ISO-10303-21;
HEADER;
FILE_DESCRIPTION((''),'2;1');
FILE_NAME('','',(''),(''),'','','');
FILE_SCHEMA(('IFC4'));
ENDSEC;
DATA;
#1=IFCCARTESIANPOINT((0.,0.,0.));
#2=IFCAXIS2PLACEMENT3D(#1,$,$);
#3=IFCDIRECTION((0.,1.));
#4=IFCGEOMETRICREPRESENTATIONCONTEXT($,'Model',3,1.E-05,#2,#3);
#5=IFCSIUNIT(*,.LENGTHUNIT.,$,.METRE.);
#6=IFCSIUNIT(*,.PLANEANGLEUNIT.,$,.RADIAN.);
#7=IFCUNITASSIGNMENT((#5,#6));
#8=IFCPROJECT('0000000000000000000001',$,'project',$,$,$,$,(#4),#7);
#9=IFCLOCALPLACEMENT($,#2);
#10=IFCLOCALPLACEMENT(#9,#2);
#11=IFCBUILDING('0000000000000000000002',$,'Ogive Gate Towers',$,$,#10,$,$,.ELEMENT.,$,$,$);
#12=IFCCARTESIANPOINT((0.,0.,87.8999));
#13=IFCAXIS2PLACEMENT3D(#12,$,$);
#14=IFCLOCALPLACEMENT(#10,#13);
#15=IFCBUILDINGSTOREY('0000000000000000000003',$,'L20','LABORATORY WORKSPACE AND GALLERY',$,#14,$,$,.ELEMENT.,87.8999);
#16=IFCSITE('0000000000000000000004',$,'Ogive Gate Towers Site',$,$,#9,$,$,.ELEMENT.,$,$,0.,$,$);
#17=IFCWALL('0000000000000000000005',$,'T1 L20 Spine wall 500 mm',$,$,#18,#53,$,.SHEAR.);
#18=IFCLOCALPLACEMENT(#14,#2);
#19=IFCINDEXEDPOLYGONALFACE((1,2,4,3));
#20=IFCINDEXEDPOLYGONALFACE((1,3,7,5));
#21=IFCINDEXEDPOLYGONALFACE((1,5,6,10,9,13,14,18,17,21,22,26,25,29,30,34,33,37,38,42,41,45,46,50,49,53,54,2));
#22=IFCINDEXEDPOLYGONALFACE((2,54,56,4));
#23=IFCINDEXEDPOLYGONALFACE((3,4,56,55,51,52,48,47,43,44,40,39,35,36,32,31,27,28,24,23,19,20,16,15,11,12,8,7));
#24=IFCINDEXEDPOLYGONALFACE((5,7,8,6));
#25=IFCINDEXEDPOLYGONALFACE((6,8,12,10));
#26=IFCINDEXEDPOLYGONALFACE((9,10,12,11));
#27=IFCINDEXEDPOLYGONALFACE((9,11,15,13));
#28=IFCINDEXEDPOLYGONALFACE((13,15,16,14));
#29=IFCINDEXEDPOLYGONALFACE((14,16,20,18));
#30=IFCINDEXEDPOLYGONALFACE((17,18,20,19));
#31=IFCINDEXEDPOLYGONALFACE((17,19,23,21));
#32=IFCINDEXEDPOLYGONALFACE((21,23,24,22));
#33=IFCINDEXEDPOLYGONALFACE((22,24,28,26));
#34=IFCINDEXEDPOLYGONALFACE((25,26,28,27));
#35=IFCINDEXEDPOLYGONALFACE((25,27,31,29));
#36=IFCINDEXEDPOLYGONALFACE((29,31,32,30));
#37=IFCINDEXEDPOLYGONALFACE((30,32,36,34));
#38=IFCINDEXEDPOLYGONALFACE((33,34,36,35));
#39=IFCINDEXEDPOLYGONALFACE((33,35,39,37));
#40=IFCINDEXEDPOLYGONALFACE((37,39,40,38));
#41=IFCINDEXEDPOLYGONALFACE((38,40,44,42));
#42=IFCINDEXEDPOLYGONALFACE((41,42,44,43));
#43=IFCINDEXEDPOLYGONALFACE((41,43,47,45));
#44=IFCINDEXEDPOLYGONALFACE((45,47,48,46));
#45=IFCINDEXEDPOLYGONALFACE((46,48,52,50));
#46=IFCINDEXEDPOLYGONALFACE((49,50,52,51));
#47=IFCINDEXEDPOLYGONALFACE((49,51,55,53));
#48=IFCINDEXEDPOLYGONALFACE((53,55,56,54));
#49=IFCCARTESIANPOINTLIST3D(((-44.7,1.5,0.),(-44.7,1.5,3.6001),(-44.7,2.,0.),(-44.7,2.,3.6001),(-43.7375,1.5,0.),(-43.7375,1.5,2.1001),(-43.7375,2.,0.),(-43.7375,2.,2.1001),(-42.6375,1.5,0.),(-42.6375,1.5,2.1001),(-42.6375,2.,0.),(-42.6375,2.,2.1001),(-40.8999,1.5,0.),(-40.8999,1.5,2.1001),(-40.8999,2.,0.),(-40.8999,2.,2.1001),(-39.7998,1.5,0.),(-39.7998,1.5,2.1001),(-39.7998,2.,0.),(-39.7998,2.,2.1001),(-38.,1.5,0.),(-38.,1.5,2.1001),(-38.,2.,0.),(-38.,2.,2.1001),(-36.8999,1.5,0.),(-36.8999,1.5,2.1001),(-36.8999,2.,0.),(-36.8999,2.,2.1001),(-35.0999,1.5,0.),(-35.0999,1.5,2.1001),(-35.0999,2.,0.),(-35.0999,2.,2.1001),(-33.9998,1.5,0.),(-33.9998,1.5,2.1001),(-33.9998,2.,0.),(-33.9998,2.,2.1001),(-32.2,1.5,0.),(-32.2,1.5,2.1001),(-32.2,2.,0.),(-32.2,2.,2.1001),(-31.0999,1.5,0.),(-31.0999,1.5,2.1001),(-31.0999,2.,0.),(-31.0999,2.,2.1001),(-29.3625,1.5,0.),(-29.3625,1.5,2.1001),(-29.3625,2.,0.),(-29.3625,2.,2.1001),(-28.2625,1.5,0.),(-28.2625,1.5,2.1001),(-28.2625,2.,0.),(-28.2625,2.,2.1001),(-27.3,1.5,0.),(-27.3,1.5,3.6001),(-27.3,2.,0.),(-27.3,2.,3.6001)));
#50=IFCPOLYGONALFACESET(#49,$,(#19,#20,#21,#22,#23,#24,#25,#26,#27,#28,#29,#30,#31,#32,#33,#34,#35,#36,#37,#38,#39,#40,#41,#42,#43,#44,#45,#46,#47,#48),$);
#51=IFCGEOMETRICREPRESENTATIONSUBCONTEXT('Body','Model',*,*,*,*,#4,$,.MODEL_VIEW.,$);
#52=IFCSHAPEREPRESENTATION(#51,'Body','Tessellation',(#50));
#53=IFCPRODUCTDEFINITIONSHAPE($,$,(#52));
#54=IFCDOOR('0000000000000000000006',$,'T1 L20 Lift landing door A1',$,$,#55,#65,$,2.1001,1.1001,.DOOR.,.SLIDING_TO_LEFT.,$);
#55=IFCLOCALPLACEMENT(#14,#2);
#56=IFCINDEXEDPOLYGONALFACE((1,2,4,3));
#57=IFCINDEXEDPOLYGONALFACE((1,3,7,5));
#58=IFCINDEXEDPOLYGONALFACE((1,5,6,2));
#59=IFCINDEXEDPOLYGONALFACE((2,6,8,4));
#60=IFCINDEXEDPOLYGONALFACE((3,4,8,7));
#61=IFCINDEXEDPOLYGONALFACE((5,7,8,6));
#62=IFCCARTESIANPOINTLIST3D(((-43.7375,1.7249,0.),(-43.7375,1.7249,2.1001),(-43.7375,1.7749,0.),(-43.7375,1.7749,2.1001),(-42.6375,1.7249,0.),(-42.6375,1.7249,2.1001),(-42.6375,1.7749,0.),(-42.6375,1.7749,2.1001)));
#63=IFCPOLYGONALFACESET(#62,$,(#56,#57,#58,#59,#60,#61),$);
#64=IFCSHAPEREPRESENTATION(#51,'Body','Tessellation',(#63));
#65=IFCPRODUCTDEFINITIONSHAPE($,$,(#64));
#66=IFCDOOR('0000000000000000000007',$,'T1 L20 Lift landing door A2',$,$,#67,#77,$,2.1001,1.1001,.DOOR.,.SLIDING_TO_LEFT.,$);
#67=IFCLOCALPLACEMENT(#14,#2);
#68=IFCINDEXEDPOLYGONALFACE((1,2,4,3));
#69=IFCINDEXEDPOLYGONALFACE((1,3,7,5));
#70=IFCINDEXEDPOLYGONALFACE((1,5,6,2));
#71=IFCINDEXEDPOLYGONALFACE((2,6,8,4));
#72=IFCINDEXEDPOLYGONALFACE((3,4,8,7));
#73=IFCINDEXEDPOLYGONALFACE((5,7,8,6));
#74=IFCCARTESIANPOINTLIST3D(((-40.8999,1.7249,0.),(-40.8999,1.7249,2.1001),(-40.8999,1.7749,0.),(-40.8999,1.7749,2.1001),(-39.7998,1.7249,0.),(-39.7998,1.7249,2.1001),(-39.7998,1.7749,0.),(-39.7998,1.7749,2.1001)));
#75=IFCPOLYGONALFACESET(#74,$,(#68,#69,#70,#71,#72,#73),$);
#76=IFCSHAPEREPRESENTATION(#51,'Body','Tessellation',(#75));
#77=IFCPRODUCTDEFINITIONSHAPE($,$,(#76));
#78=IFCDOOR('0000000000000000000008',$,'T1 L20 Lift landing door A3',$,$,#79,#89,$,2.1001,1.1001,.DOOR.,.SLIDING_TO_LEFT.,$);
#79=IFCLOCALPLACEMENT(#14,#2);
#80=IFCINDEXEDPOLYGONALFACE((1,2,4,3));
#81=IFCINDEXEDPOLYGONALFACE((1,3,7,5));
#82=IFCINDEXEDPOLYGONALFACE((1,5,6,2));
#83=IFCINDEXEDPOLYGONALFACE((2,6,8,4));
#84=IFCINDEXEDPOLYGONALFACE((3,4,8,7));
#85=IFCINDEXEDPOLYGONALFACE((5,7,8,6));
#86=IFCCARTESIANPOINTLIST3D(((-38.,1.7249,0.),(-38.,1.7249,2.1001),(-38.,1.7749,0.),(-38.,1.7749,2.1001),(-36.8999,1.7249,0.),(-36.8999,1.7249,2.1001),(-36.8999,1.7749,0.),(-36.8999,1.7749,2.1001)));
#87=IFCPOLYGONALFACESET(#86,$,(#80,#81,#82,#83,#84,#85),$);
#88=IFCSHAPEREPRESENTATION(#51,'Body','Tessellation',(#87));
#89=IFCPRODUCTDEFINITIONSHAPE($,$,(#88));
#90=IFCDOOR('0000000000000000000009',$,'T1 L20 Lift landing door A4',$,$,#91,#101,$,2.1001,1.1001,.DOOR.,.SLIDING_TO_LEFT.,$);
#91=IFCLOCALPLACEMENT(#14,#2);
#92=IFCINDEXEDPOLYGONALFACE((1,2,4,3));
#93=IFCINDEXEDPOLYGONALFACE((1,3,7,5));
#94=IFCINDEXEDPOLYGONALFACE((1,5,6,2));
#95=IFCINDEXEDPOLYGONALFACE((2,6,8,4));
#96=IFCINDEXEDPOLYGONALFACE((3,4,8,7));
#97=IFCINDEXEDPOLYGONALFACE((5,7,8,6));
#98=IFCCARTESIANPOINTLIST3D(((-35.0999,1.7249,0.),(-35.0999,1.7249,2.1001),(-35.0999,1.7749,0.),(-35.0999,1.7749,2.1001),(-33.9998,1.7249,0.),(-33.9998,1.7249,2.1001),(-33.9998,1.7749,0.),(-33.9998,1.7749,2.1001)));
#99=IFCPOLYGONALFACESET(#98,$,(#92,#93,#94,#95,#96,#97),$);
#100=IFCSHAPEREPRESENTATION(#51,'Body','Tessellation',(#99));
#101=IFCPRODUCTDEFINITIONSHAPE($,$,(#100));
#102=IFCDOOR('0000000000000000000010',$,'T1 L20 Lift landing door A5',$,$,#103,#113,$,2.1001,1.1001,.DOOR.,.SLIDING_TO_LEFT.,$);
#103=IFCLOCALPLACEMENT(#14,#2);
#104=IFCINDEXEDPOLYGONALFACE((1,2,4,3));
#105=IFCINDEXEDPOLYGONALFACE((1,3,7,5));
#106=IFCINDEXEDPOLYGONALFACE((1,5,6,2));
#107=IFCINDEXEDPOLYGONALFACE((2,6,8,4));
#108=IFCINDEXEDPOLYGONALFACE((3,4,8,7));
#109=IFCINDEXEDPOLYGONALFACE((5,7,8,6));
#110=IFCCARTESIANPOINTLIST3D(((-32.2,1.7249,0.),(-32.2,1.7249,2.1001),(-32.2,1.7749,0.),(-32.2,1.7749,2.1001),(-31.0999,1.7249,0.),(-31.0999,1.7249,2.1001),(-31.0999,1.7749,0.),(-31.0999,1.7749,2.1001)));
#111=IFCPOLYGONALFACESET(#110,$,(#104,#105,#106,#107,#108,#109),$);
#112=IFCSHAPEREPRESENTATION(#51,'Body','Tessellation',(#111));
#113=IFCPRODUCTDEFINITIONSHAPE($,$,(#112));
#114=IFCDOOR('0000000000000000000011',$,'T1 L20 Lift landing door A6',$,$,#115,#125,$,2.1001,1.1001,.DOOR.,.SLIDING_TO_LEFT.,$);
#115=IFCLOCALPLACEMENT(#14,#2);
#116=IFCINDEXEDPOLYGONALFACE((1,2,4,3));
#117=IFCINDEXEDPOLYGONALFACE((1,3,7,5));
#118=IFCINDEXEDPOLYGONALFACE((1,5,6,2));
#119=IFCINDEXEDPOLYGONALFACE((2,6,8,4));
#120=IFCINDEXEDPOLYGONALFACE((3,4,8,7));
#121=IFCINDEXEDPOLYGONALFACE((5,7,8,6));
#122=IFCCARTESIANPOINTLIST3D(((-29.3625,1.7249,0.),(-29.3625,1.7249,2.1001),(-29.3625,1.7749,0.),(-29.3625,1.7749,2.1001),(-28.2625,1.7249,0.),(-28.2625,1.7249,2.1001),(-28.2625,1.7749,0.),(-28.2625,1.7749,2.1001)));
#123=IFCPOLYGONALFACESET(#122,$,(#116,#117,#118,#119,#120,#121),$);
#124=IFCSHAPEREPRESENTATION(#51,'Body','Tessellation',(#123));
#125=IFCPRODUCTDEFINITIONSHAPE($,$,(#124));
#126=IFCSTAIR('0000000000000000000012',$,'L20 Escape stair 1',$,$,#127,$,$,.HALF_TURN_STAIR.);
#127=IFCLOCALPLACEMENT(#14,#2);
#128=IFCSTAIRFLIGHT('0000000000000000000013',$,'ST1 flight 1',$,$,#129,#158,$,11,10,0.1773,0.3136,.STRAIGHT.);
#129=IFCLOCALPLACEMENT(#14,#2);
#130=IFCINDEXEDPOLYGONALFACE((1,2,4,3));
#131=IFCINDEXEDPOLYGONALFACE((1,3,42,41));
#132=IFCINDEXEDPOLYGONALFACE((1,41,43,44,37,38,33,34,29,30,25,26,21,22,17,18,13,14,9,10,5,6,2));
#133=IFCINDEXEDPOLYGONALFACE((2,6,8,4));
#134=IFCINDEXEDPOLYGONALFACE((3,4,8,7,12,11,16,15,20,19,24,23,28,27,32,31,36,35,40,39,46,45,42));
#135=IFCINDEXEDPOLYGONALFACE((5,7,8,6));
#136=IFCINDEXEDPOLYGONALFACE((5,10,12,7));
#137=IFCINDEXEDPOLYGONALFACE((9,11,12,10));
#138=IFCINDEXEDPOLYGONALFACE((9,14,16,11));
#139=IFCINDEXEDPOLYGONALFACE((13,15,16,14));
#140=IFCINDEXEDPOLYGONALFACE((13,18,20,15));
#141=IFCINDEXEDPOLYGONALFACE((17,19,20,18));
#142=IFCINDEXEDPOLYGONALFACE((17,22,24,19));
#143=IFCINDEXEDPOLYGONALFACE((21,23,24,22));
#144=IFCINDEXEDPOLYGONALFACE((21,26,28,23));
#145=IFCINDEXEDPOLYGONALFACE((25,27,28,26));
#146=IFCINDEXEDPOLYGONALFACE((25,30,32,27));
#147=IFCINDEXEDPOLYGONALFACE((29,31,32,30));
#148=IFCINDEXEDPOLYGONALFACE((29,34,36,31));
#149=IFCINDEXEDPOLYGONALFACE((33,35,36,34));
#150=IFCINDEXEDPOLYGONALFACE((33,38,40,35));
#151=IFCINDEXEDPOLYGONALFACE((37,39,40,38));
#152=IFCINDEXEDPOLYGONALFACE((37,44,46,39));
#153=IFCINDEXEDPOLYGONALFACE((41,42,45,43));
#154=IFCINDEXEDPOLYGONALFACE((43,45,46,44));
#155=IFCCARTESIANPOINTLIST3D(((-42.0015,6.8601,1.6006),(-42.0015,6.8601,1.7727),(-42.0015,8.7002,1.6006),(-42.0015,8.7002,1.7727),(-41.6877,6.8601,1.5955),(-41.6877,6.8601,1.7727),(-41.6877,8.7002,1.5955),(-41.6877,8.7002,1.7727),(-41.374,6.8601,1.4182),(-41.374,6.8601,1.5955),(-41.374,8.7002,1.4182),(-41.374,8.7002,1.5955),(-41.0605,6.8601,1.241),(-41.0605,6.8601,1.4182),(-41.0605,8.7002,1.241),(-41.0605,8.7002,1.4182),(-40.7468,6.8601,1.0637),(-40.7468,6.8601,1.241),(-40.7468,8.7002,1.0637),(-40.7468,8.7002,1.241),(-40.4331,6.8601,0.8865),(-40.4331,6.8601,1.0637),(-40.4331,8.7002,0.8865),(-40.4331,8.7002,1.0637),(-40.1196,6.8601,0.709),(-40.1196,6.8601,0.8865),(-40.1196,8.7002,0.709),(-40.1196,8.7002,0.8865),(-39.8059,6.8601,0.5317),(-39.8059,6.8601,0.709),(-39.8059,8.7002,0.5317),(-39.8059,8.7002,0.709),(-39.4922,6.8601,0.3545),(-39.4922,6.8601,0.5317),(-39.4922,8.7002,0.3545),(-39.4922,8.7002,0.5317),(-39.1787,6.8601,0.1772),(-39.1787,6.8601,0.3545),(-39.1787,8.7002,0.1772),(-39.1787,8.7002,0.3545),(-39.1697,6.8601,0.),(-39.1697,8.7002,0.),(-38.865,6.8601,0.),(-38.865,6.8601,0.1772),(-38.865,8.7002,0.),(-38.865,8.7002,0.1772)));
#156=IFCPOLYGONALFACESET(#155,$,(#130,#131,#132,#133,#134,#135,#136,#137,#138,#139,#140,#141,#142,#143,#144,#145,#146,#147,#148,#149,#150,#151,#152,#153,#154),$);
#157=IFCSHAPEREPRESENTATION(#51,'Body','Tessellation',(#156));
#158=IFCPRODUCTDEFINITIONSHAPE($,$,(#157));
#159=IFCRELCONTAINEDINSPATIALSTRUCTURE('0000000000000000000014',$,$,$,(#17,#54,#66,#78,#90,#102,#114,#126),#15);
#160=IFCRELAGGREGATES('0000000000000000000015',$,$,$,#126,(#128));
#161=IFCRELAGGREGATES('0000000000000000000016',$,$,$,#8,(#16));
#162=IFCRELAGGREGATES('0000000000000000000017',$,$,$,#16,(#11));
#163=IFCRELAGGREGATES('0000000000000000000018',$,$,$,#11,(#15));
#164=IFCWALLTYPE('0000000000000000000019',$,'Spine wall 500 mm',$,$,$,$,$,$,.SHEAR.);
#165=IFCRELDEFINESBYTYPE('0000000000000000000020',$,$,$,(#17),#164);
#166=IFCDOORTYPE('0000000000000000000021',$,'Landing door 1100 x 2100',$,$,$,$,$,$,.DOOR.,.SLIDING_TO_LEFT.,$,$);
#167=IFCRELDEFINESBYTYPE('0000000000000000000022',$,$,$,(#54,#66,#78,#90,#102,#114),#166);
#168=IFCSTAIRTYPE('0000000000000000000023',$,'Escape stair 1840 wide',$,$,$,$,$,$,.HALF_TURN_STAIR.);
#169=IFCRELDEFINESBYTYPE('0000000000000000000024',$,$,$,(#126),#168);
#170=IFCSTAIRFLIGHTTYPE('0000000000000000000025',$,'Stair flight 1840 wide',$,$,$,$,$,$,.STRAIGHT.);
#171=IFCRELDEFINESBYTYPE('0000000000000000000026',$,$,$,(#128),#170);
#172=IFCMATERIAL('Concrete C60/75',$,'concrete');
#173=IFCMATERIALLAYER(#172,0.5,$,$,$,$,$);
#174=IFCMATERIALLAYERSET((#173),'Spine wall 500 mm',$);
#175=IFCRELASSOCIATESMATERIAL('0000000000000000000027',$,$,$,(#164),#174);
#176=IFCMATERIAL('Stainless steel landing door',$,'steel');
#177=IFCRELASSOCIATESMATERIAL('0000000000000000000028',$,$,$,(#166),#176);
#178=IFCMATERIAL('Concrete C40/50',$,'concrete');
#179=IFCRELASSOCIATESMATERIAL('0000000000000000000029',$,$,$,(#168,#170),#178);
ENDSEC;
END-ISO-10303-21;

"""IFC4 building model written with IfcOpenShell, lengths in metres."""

from ifc_helpers import new_model, si_unit, direction, frame, frame_2d, origin, place, context, subcontext, project, spatial, polyline, rectangle, outline, extrude, material, layer, layer_set, type_object, element, fill, aggregate, save


model = new_model("IFC4")

# Units and contexts
model_context = context("Model", 3, precision=1e-05, world=origin(), true_north=direction((0.0, 1.0)))
body_context = subcontext(model_context, "Body", "Model", "MODEL_VIEW")
ifc_project = project(units=[si_unit("LENGTHUNIT", "METRE"), si_unit("PLANEANGLEUNIT", "RADIAN")], contexts=[model_context])

# Site, building, storey
site_placement = place(None, origin())
site = spatial("IfcSite", under=ifc_project, at=site_placement, Name="Ogive Gate Towers Site", CompositionType="ELEMENT", RefElevation=0.0)
building_placement = place(site_placement, origin())
building = spatial("IfcBuilding", under=site, at=building_placement, Name="Ogive Gate Towers", CompositionType="ELEMENT")
storey_placement = place(building_placement, frame((0.0, 0.0, 87.8999)))
storey = spatial("IfcBuildingStorey", under=building, at=storey_placement, Name="L20", Description="LABORATORY WORKSPACE AND GALLERY", CompositionType="ELEMENT", Elevation=87.8999)

# Shared definitions
ifc_material_1 = material(Name="Concrete C60/75", Category="concrete")

# Wall, openings, doors
ifc_layer_1 = layer(ifc_material_1, 0.5)
ifc_layer_set_1 = layer_set([ifc_layer_1], Name="Spine wall 500 mm")
wall_type_1 = type_object("IfcWallType", Name="Spine wall 500 mm", PredefinedType="SHEAR", material=ifc_layer_set_1)
wall_1_placement = place(storey_placement, frame((-44.7, 1.75, 0.0), z_axis=(0.0, 0.0, 1.0), x_axis=(1.0, 0.0, 0.0)))
wall_1 = element("IfcWall", 1, at=wall_1_placement, inside=storey, type_object=wall_type_1, Name="T1 L20 Spine wall 500 mm", PredefinedType="SHEAR", context=body_context, shape_type="SweptSolid", body=[
    extrude(rectangle(XDim=17.3999, YDim=0.5, at=frame_2d((8.7, 0.0))), origin(), (0.0, 0.0, 1.0), 3.6001),
])
opening_1_placement = place(wall_1_placement, frame((0.9624, 0.0, 0.0)))
opening_1 = element("IfcOpeningElement", 2, at=opening_1_placement, cuts=wall_1, PredefinedType="OPENING", context=body_context, shape_type="SweptSolid", body=[
    extrude(rectangle(XDim=1.1001, YDim=2.1001, at=frame_2d((0.55, 1.05))), frame((0.0, 0.26, 0.0), z_axis=(0.0, -1.0, 0.0), x_axis=(1.0, 0.0, 0.0)), (0.0, 0.0, 1.0), 0.52),
])
opening_2_placement = place(wall_1_placement, frame((3.8, 0.0, 0.0)))
opening_2 = element("IfcOpeningElement", 3, at=opening_2_placement, cuts=wall_1, PredefinedType="OPENING", context=body_context, shape_type="SweptSolid", body=[
    extrude(rectangle(XDim=1.1001, YDim=2.1001, at=frame_2d((0.55, 1.05))), frame((0.0, 0.26, 0.0), z_axis=(0.0, -1.0, 0.0), x_axis=(1.0, 0.0, 0.0)), (0.0, 0.0, 1.0), 0.52),
])
opening_3_placement = place(wall_1_placement, frame((6.7, 0.0, 0.0)))
opening_3 = element("IfcOpeningElement", 4, at=opening_3_placement, cuts=wall_1, PredefinedType="OPENING", context=body_context, shape_type="SweptSolid", body=[
    extrude(rectangle(XDim=1.1001, YDim=2.1001, at=frame_2d((0.55, 1.05))), frame((0.0, 0.26, 0.0), z_axis=(0.0, -1.0, 0.0), x_axis=(1.0, 0.0, 0.0)), (0.0, 0.0, 1.0), 0.52),
])
opening_4_placement = place(wall_1_placement, frame((9.6001, 0.0, 0.0)))
opening_4 = element("IfcOpeningElement", 5, at=opening_4_placement, cuts=wall_1, PredefinedType="OPENING", context=body_context, shape_type="SweptSolid", body=[
    extrude(rectangle(XDim=1.1001, YDim=2.1001, at=frame_2d((0.55, 1.05))), frame((0.0, 0.26, 0.0), z_axis=(0.0, -1.0, 0.0), x_axis=(1.0, 0.0, 0.0)), (0.0, 0.0, 1.0), 0.52),
])
opening_5_placement = place(wall_1_placement, frame((12.5, 0.0, 0.0)))
opening_5 = element("IfcOpeningElement", 6, at=opening_5_placement, cuts=wall_1, PredefinedType="OPENING", context=body_context, shape_type="SweptSolid", body=[
    extrude(rectangle(XDim=1.1001, YDim=2.1001, at=frame_2d((0.55, 1.05))), frame((0.0, 0.26, 0.0), z_axis=(0.0, -1.0, 0.0), x_axis=(1.0, 0.0, 0.0)), (0.0, 0.0, 1.0), 0.52),
])
opening_6_placement = place(wall_1_placement, frame((15.3374, 0.0, 0.0)))
opening_6 = element("IfcOpeningElement", 7, at=opening_6_placement, cuts=wall_1, PredefinedType="OPENING", context=body_context, shape_type="SweptSolid", body=[
    extrude(rectangle(XDim=1.1001, YDim=2.1001, at=frame_2d((0.55, 1.05))), frame((0.0, 0.26, 0.0), z_axis=(0.0, -1.0, 0.0), x_axis=(1.0, 0.0, 0.0)), (0.0, 0.0, 1.0), 0.52),
])
ifc_material_2 = material(Name="Stainless steel landing door", Category="steel")
door_type_1 = type_object("IfcDoorType", Name="Landing door 1100 x 2100", OperationType="SLIDING_TO_LEFT", PredefinedType="DOOR", material=ifc_material_2)
door_1_placement = place(opening_1_placement, origin())
door_1 = element("IfcDoor", 8, at=door_1_placement, inside=storey, type_object=door_type_1, Name="T1 L20 Lift landing door A1", OperationType="SLIDING_TO_LEFT", OverallHeight=2.1001, OverallWidth=1.1001, PredefinedType="DOOR", context=body_context, shape_type="SweptSolid", body=[
    extrude(rectangle(XDim=1.1001, YDim=2.1001, at=frame_2d((0.55, 1.05))), frame((0.0, 0.0249, 0.0), z_axis=(0.0, -1.0, 0.0), x_axis=(1.0, 0.0, 0.0)), (0.0, 0.0, 1.0), 0.05),
])
fill(opening_1, door_1)
door_2_placement = place(opening_2_placement, origin())
door_2 = element("IfcDoor", 9, at=door_2_placement, inside=storey, type_object=door_type_1, Name="T1 L20 Lift landing door A2", OperationType="SLIDING_TO_LEFT", OverallHeight=2.1001, OverallWidth=1.1001, PredefinedType="DOOR", context=body_context, shape_type="SweptSolid", body=[
    extrude(rectangle(XDim=1.1001, YDim=2.1001, at=frame_2d((0.55, 1.05))), frame((0.0, 0.0249, 0.0), z_axis=(0.0, -1.0, 0.0), x_axis=(1.0, 0.0, 0.0)), (0.0, 0.0, 1.0), 0.05),
])
fill(opening_2, door_2)
door_3_placement = place(opening_3_placement, origin())
door_3 = element("IfcDoor", 10, at=door_3_placement, inside=storey, type_object=door_type_1, Name="T1 L20 Lift landing door A3", OperationType="SLIDING_TO_LEFT", OverallHeight=2.1001, OverallWidth=1.1001, PredefinedType="DOOR", context=body_context, shape_type="SweptSolid", body=[
    extrude(rectangle(XDim=1.1001, YDim=2.1001, at=frame_2d((0.55, 1.05))), frame((0.0, 0.0249, 0.0), z_axis=(0.0, -1.0, 0.0), x_axis=(1.0, 0.0, 0.0)), (0.0, 0.0, 1.0), 0.05),
])
fill(opening_3, door_3)
door_4_placement = place(opening_4_placement, origin())
door_4 = element("IfcDoor", 11, at=door_4_placement, inside=storey, type_object=door_type_1, Name="T1 L20 Lift landing door A4", OperationType="SLIDING_TO_LEFT", OverallHeight=2.1001, OverallWidth=1.1001, PredefinedType="DOOR", context=body_context, shape_type="SweptSolid", body=[
    extrude(rectangle(XDim=1.1001, YDim=2.1001, at=frame_2d((0.55, 1.05))), frame((0.0, 0.0249, 0.0), z_axis=(0.0, -1.0, 0.0), x_axis=(1.0, 0.0, 0.0)), (0.0, 0.0, 1.0), 0.05),
])
fill(opening_4, door_4)
door_5_placement = place(opening_5_placement, origin())
door_5 = element("IfcDoor", 12, at=door_5_placement, inside=storey, type_object=door_type_1, Name="T1 L20 Lift landing door A5", OperationType="SLIDING_TO_LEFT", OverallHeight=2.1001, OverallWidth=1.1001, PredefinedType="DOOR", context=body_context, shape_type="SweptSolid", body=[
    extrude(rectangle(XDim=1.1001, YDim=2.1001, at=frame_2d((0.55, 1.05))), frame((0.0, 0.0249, 0.0), z_axis=(0.0, -1.0, 0.0), x_axis=(1.0, 0.0, 0.0)), (0.0, 0.0, 1.0), 0.05),
])
fill(opening_5, door_5)
door_6_placement = place(opening_6_placement, origin())
door_6 = element("IfcDoor", 13, at=door_6_placement, inside=storey, type_object=door_type_1, Name="T1 L20 Lift landing door A6", OperationType="SLIDING_TO_LEFT", OverallHeight=2.1001, OverallWidth=1.1001, PredefinedType="DOOR", context=body_context, shape_type="SweptSolid", body=[
    extrude(rectangle(XDim=1.1001, YDim=2.1001, at=frame_2d((0.55, 1.05))), frame((0.0, 0.0249, 0.0), z_axis=(0.0, -1.0, 0.0), x_axis=(1.0, 0.0, 0.0)), (0.0, 0.0, 1.0), 0.05),
])
fill(opening_6, door_6)

# Stair, stair flight
ifc_material_3 = material(Name="Concrete C40/50", Category="concrete")
stair_type = type_object("IfcStairType", Name="Escape stair 1840 wide", PredefinedType="HALF_TURN_STAIR", material=ifc_material_3)
stair_placement = place(storey_placement, origin())
stair = element("IfcStair", 14, at=stair_placement, inside=storey, type_object=stair_type, Name="L20 Escape stair 1", PredefinedType="HALF_TURN_STAIR")
stair_flight_type = type_object("IfcStairFlightType", Name="Stair flight 1840 wide", PredefinedType="STRAIGHT", material=ifc_material_3)
stair_flight_1_placement = place(storey_placement, frame((-38.865, 7.78, 0.0), z_axis=(0.0, 0.0, 1.0), x_axis=(-1.0, 0.0, 0.0)))
stair_flight_1 = element("IfcStairFlight", 15, at=stair_flight_1_placement, type_object=stair_flight_type, Name="ST1 flight 1", NumberOfRisers=11, NumberOfTreads=10, PredefinedType="STRAIGHT", RiserHeight=0.1773, TreadLength=0.3136, context=body_context, shape_type="SweptSolid", body=[
    extrude(outline(polyline([(0.0, 0.0), (0.0, 0.1772), (0.3137, 0.1772), (0.3137, 0.3545), (0.6272, 0.3545), (0.6272, 0.5317), (0.9409, 0.5317), (0.9409, 0.709), (1.2546, 0.709), (1.2546, 0.8865), (1.5681, 0.8865), (1.5681, 1.0637), (1.8818, 1.0637), (1.8818, 1.241), (2.1956, 1.241), (2.1956, 1.4182), (2.509, 1.4182), (2.509, 1.5955), (2.8228, 1.5955), (2.8228, 1.7727), (3.1365, 1.7727), (3.1365, 1.95), (3.1365, 1.6006), (0.3047, 0.0), (0.0, 0.0)])), frame((0.0, 0.9199, 0.0), z_axis=(0.0, -1.0, 0.0), x_axis=(1.0, 0.0, 0.0)), (0.0, 0.0, 1.0), 1.8401),
])
aggregate(stair, [stair_flight_1])

save(model, "model.ifc")
